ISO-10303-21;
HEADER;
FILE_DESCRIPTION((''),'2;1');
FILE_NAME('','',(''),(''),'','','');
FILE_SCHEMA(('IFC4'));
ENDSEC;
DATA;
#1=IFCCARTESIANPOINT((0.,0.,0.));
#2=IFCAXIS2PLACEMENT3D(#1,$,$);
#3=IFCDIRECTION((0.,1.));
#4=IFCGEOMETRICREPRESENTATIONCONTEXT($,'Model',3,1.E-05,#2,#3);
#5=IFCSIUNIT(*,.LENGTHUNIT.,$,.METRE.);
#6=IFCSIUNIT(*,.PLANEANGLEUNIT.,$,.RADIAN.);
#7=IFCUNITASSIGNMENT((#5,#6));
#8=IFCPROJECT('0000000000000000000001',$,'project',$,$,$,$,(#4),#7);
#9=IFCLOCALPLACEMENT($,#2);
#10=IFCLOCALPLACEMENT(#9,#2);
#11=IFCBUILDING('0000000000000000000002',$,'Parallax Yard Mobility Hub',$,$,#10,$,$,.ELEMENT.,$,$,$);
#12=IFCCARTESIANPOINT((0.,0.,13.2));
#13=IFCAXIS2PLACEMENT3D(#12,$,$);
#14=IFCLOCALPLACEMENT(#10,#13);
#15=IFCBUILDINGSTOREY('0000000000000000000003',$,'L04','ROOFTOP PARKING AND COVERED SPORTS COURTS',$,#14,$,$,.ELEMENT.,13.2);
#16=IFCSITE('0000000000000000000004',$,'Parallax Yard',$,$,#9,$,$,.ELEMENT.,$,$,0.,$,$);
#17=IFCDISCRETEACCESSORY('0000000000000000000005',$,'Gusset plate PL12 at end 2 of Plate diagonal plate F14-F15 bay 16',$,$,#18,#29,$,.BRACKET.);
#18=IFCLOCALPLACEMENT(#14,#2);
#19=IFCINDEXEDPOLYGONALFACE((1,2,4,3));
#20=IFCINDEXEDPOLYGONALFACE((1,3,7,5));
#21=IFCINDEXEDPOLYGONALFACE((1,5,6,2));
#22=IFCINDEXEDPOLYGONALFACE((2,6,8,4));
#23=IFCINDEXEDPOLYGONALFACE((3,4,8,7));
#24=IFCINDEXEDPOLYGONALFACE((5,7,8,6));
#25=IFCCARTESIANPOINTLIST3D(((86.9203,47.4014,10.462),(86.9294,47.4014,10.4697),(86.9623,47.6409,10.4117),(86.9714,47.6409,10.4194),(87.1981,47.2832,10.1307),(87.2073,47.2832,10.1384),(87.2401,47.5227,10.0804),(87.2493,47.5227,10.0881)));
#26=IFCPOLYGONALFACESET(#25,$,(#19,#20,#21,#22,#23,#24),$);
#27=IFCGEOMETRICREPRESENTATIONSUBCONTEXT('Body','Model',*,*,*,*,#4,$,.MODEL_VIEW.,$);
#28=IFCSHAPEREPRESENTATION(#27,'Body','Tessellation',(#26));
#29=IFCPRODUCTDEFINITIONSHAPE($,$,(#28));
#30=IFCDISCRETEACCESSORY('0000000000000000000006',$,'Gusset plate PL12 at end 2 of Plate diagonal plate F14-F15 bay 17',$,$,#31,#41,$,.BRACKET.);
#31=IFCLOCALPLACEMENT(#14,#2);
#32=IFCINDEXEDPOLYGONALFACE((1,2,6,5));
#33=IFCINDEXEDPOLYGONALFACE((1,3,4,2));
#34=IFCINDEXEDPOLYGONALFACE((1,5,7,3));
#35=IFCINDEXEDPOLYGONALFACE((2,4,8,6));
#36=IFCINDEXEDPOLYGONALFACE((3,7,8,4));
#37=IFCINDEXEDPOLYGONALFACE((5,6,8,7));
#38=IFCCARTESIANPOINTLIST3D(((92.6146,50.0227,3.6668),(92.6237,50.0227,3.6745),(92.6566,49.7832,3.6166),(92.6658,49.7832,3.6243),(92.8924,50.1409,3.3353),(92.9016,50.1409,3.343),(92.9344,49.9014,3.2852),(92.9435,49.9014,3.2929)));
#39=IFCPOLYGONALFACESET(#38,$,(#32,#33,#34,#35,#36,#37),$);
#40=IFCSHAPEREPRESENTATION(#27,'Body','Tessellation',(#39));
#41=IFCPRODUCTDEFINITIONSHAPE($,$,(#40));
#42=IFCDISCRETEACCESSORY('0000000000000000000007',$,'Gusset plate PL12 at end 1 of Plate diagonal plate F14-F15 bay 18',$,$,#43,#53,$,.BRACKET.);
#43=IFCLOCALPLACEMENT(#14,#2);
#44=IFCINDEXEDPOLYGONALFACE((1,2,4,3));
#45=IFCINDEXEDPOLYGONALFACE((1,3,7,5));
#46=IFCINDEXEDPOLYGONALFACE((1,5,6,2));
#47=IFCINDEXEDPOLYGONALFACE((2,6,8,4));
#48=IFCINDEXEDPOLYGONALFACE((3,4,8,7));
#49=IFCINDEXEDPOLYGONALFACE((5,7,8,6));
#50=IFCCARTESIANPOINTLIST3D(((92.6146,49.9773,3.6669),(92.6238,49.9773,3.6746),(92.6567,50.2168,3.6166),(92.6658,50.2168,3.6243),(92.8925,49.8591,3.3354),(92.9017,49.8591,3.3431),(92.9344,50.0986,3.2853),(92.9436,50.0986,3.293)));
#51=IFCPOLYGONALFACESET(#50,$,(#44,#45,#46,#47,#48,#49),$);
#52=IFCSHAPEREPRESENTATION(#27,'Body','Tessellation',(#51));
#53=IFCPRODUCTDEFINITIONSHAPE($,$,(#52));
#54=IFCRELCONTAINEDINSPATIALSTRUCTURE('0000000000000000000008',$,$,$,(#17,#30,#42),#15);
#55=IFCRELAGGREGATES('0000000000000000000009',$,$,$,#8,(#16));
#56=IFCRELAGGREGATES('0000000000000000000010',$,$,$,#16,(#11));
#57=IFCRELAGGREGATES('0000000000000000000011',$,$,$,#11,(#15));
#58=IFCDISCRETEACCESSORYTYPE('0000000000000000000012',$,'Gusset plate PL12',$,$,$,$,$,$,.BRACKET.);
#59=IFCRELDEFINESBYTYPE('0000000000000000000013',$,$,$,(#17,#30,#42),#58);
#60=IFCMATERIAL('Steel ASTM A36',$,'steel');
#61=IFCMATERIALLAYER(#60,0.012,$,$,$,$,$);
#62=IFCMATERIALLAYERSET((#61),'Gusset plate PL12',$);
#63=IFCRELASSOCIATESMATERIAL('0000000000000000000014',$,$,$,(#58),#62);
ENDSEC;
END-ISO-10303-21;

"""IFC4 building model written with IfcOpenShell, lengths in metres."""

from ifc_helpers import new_model, si_unit, direction, frame, origin, place, context, subcontext, project, spatial, polyline, outline, extrude, material, layer, layer_set, type_object, element, save


model = new_model("IFC4")

# Units and contexts
model_context = context("Model", 3, precision=1e-05, world=origin(), true_north=direction((0.0, 1.0)))
body_context = subcontext(model_context, "Body", "Model", "MODEL_VIEW")
ifc_project = project(units=[si_unit("LENGTHUNIT", "METRE"), si_unit("PLANEANGLEUNIT", "RADIAN")], contexts=[model_context])

# Site, building, storey
site_placement = place(None, origin())
site = spatial("IfcSite", under=ifc_project, at=site_placement, Name="Parallax Yard", CompositionType="ELEMENT", RefElevation=0.0)
building_placement = place(site_placement, origin())
building = spatial("IfcBuilding", under=site, at=building_placement, Name="Parallax Yard Mobility Hub", CompositionType="ELEMENT")
storey_placement = place(building_placement, frame((0.0, 0.0, 13.2)))
storey = spatial("IfcBuildingStorey", under=building, at=storey_placement, Name="L04", Description="ROOFTOP PARKING AND COVERED SPORTS COURTS", CompositionType="ELEMENT", Elevation=13.2)

# Discrete accessories
ifc_material_1 = material(Name="Steel ASTM A36", Category="steel")
ifc_layer_1 = layer(ifc_material_1, 0.012)
ifc_layer_set_1 = layer_set([ifc_layer_1], Name="Gusset plate PL12")
discrete_accessory_type = type_object("IfcDiscreteAccessoryType", Name="Gusset plate PL12", PredefinedType="BRACKET", material=ifc_layer_set_1)
discrete_accessory_1_placement = place(storey_placement, frame((87.2493, 47.5227, 10.0881), z_axis=(0.766324, 0.000548, 0.642455), x_axis=(-0.619839, 0.263622, 0.739123)))
element("IfcDiscreteAccessory", 1, at=discrete_accessory_1_placement, inside=storey, type_object=discrete_accessory_type, Name="Gusset plate PL12 at end 2 of Plate diagonal plate F14-F15 bay 16", PredefinedType="BRACKET", context=body_context, shape_type="SweptSolid", body=[
    extrude(outline(polyline([(0.0, 0.0), (0.4482, 0.0), (0.4483, 0.2483), (0.0001, 0.2483), (0.0, 0.0)])), origin(), (0.0, 0.0, -1.0), 0.012),
])
discrete_accessory_2_placement = place(storey_placement, frame((92.6658, 49.7832, 3.6243), z_axis=(0.766379, -0.000198, 0.642389), x_axis=(0.619705, 0.263622, -0.739235)))
element("IfcDiscreteAccessory", 2, at=discrete_accessory_2_placement, inside=storey, type_object=discrete_accessory_type, Name="Gusset plate PL12 at end 2 of Plate diagonal plate F14-F15 bay 17", PredefinedType="BRACKET", context=body_context, shape_type="SweptSolid", body=[
    extrude(outline(polyline([(0.0, 0.0), (0.4482, 0.0), (0.4483, 0.2483), (-0.0001, 0.2483), (0.0, 0.0)])), origin(), (0.0, 0.0, -1.0), 0.012),
])
discrete_accessory_3_placement = place(storey_placement, frame((92.6238, 49.9773, 3.6746), z_axis=(0.766379, 0.000198, 0.642389), x_axis=(0.619724, -0.263516, -0.739258)))
element("IfcDiscreteAccessory", 3, at=discrete_accessory_3_placement, inside=storey, type_object=discrete_accessory_type, Name="Gusset plate PL12 at end 1 of Plate diagonal plate F14-F15 bay 18", PredefinedType="BRACKET", context=body_context, shape_type="SweptSolid", body=[
    extrude(outline(polyline([(0.0, 0.0), (0.4484, 0.0), (0.4483, 0.2483), (0.0001, 0.2483), (0.0, 0.0)])), origin(), (0.0, 0.0, -1.0), 0.012),
])

save(model, "model.ifc")
